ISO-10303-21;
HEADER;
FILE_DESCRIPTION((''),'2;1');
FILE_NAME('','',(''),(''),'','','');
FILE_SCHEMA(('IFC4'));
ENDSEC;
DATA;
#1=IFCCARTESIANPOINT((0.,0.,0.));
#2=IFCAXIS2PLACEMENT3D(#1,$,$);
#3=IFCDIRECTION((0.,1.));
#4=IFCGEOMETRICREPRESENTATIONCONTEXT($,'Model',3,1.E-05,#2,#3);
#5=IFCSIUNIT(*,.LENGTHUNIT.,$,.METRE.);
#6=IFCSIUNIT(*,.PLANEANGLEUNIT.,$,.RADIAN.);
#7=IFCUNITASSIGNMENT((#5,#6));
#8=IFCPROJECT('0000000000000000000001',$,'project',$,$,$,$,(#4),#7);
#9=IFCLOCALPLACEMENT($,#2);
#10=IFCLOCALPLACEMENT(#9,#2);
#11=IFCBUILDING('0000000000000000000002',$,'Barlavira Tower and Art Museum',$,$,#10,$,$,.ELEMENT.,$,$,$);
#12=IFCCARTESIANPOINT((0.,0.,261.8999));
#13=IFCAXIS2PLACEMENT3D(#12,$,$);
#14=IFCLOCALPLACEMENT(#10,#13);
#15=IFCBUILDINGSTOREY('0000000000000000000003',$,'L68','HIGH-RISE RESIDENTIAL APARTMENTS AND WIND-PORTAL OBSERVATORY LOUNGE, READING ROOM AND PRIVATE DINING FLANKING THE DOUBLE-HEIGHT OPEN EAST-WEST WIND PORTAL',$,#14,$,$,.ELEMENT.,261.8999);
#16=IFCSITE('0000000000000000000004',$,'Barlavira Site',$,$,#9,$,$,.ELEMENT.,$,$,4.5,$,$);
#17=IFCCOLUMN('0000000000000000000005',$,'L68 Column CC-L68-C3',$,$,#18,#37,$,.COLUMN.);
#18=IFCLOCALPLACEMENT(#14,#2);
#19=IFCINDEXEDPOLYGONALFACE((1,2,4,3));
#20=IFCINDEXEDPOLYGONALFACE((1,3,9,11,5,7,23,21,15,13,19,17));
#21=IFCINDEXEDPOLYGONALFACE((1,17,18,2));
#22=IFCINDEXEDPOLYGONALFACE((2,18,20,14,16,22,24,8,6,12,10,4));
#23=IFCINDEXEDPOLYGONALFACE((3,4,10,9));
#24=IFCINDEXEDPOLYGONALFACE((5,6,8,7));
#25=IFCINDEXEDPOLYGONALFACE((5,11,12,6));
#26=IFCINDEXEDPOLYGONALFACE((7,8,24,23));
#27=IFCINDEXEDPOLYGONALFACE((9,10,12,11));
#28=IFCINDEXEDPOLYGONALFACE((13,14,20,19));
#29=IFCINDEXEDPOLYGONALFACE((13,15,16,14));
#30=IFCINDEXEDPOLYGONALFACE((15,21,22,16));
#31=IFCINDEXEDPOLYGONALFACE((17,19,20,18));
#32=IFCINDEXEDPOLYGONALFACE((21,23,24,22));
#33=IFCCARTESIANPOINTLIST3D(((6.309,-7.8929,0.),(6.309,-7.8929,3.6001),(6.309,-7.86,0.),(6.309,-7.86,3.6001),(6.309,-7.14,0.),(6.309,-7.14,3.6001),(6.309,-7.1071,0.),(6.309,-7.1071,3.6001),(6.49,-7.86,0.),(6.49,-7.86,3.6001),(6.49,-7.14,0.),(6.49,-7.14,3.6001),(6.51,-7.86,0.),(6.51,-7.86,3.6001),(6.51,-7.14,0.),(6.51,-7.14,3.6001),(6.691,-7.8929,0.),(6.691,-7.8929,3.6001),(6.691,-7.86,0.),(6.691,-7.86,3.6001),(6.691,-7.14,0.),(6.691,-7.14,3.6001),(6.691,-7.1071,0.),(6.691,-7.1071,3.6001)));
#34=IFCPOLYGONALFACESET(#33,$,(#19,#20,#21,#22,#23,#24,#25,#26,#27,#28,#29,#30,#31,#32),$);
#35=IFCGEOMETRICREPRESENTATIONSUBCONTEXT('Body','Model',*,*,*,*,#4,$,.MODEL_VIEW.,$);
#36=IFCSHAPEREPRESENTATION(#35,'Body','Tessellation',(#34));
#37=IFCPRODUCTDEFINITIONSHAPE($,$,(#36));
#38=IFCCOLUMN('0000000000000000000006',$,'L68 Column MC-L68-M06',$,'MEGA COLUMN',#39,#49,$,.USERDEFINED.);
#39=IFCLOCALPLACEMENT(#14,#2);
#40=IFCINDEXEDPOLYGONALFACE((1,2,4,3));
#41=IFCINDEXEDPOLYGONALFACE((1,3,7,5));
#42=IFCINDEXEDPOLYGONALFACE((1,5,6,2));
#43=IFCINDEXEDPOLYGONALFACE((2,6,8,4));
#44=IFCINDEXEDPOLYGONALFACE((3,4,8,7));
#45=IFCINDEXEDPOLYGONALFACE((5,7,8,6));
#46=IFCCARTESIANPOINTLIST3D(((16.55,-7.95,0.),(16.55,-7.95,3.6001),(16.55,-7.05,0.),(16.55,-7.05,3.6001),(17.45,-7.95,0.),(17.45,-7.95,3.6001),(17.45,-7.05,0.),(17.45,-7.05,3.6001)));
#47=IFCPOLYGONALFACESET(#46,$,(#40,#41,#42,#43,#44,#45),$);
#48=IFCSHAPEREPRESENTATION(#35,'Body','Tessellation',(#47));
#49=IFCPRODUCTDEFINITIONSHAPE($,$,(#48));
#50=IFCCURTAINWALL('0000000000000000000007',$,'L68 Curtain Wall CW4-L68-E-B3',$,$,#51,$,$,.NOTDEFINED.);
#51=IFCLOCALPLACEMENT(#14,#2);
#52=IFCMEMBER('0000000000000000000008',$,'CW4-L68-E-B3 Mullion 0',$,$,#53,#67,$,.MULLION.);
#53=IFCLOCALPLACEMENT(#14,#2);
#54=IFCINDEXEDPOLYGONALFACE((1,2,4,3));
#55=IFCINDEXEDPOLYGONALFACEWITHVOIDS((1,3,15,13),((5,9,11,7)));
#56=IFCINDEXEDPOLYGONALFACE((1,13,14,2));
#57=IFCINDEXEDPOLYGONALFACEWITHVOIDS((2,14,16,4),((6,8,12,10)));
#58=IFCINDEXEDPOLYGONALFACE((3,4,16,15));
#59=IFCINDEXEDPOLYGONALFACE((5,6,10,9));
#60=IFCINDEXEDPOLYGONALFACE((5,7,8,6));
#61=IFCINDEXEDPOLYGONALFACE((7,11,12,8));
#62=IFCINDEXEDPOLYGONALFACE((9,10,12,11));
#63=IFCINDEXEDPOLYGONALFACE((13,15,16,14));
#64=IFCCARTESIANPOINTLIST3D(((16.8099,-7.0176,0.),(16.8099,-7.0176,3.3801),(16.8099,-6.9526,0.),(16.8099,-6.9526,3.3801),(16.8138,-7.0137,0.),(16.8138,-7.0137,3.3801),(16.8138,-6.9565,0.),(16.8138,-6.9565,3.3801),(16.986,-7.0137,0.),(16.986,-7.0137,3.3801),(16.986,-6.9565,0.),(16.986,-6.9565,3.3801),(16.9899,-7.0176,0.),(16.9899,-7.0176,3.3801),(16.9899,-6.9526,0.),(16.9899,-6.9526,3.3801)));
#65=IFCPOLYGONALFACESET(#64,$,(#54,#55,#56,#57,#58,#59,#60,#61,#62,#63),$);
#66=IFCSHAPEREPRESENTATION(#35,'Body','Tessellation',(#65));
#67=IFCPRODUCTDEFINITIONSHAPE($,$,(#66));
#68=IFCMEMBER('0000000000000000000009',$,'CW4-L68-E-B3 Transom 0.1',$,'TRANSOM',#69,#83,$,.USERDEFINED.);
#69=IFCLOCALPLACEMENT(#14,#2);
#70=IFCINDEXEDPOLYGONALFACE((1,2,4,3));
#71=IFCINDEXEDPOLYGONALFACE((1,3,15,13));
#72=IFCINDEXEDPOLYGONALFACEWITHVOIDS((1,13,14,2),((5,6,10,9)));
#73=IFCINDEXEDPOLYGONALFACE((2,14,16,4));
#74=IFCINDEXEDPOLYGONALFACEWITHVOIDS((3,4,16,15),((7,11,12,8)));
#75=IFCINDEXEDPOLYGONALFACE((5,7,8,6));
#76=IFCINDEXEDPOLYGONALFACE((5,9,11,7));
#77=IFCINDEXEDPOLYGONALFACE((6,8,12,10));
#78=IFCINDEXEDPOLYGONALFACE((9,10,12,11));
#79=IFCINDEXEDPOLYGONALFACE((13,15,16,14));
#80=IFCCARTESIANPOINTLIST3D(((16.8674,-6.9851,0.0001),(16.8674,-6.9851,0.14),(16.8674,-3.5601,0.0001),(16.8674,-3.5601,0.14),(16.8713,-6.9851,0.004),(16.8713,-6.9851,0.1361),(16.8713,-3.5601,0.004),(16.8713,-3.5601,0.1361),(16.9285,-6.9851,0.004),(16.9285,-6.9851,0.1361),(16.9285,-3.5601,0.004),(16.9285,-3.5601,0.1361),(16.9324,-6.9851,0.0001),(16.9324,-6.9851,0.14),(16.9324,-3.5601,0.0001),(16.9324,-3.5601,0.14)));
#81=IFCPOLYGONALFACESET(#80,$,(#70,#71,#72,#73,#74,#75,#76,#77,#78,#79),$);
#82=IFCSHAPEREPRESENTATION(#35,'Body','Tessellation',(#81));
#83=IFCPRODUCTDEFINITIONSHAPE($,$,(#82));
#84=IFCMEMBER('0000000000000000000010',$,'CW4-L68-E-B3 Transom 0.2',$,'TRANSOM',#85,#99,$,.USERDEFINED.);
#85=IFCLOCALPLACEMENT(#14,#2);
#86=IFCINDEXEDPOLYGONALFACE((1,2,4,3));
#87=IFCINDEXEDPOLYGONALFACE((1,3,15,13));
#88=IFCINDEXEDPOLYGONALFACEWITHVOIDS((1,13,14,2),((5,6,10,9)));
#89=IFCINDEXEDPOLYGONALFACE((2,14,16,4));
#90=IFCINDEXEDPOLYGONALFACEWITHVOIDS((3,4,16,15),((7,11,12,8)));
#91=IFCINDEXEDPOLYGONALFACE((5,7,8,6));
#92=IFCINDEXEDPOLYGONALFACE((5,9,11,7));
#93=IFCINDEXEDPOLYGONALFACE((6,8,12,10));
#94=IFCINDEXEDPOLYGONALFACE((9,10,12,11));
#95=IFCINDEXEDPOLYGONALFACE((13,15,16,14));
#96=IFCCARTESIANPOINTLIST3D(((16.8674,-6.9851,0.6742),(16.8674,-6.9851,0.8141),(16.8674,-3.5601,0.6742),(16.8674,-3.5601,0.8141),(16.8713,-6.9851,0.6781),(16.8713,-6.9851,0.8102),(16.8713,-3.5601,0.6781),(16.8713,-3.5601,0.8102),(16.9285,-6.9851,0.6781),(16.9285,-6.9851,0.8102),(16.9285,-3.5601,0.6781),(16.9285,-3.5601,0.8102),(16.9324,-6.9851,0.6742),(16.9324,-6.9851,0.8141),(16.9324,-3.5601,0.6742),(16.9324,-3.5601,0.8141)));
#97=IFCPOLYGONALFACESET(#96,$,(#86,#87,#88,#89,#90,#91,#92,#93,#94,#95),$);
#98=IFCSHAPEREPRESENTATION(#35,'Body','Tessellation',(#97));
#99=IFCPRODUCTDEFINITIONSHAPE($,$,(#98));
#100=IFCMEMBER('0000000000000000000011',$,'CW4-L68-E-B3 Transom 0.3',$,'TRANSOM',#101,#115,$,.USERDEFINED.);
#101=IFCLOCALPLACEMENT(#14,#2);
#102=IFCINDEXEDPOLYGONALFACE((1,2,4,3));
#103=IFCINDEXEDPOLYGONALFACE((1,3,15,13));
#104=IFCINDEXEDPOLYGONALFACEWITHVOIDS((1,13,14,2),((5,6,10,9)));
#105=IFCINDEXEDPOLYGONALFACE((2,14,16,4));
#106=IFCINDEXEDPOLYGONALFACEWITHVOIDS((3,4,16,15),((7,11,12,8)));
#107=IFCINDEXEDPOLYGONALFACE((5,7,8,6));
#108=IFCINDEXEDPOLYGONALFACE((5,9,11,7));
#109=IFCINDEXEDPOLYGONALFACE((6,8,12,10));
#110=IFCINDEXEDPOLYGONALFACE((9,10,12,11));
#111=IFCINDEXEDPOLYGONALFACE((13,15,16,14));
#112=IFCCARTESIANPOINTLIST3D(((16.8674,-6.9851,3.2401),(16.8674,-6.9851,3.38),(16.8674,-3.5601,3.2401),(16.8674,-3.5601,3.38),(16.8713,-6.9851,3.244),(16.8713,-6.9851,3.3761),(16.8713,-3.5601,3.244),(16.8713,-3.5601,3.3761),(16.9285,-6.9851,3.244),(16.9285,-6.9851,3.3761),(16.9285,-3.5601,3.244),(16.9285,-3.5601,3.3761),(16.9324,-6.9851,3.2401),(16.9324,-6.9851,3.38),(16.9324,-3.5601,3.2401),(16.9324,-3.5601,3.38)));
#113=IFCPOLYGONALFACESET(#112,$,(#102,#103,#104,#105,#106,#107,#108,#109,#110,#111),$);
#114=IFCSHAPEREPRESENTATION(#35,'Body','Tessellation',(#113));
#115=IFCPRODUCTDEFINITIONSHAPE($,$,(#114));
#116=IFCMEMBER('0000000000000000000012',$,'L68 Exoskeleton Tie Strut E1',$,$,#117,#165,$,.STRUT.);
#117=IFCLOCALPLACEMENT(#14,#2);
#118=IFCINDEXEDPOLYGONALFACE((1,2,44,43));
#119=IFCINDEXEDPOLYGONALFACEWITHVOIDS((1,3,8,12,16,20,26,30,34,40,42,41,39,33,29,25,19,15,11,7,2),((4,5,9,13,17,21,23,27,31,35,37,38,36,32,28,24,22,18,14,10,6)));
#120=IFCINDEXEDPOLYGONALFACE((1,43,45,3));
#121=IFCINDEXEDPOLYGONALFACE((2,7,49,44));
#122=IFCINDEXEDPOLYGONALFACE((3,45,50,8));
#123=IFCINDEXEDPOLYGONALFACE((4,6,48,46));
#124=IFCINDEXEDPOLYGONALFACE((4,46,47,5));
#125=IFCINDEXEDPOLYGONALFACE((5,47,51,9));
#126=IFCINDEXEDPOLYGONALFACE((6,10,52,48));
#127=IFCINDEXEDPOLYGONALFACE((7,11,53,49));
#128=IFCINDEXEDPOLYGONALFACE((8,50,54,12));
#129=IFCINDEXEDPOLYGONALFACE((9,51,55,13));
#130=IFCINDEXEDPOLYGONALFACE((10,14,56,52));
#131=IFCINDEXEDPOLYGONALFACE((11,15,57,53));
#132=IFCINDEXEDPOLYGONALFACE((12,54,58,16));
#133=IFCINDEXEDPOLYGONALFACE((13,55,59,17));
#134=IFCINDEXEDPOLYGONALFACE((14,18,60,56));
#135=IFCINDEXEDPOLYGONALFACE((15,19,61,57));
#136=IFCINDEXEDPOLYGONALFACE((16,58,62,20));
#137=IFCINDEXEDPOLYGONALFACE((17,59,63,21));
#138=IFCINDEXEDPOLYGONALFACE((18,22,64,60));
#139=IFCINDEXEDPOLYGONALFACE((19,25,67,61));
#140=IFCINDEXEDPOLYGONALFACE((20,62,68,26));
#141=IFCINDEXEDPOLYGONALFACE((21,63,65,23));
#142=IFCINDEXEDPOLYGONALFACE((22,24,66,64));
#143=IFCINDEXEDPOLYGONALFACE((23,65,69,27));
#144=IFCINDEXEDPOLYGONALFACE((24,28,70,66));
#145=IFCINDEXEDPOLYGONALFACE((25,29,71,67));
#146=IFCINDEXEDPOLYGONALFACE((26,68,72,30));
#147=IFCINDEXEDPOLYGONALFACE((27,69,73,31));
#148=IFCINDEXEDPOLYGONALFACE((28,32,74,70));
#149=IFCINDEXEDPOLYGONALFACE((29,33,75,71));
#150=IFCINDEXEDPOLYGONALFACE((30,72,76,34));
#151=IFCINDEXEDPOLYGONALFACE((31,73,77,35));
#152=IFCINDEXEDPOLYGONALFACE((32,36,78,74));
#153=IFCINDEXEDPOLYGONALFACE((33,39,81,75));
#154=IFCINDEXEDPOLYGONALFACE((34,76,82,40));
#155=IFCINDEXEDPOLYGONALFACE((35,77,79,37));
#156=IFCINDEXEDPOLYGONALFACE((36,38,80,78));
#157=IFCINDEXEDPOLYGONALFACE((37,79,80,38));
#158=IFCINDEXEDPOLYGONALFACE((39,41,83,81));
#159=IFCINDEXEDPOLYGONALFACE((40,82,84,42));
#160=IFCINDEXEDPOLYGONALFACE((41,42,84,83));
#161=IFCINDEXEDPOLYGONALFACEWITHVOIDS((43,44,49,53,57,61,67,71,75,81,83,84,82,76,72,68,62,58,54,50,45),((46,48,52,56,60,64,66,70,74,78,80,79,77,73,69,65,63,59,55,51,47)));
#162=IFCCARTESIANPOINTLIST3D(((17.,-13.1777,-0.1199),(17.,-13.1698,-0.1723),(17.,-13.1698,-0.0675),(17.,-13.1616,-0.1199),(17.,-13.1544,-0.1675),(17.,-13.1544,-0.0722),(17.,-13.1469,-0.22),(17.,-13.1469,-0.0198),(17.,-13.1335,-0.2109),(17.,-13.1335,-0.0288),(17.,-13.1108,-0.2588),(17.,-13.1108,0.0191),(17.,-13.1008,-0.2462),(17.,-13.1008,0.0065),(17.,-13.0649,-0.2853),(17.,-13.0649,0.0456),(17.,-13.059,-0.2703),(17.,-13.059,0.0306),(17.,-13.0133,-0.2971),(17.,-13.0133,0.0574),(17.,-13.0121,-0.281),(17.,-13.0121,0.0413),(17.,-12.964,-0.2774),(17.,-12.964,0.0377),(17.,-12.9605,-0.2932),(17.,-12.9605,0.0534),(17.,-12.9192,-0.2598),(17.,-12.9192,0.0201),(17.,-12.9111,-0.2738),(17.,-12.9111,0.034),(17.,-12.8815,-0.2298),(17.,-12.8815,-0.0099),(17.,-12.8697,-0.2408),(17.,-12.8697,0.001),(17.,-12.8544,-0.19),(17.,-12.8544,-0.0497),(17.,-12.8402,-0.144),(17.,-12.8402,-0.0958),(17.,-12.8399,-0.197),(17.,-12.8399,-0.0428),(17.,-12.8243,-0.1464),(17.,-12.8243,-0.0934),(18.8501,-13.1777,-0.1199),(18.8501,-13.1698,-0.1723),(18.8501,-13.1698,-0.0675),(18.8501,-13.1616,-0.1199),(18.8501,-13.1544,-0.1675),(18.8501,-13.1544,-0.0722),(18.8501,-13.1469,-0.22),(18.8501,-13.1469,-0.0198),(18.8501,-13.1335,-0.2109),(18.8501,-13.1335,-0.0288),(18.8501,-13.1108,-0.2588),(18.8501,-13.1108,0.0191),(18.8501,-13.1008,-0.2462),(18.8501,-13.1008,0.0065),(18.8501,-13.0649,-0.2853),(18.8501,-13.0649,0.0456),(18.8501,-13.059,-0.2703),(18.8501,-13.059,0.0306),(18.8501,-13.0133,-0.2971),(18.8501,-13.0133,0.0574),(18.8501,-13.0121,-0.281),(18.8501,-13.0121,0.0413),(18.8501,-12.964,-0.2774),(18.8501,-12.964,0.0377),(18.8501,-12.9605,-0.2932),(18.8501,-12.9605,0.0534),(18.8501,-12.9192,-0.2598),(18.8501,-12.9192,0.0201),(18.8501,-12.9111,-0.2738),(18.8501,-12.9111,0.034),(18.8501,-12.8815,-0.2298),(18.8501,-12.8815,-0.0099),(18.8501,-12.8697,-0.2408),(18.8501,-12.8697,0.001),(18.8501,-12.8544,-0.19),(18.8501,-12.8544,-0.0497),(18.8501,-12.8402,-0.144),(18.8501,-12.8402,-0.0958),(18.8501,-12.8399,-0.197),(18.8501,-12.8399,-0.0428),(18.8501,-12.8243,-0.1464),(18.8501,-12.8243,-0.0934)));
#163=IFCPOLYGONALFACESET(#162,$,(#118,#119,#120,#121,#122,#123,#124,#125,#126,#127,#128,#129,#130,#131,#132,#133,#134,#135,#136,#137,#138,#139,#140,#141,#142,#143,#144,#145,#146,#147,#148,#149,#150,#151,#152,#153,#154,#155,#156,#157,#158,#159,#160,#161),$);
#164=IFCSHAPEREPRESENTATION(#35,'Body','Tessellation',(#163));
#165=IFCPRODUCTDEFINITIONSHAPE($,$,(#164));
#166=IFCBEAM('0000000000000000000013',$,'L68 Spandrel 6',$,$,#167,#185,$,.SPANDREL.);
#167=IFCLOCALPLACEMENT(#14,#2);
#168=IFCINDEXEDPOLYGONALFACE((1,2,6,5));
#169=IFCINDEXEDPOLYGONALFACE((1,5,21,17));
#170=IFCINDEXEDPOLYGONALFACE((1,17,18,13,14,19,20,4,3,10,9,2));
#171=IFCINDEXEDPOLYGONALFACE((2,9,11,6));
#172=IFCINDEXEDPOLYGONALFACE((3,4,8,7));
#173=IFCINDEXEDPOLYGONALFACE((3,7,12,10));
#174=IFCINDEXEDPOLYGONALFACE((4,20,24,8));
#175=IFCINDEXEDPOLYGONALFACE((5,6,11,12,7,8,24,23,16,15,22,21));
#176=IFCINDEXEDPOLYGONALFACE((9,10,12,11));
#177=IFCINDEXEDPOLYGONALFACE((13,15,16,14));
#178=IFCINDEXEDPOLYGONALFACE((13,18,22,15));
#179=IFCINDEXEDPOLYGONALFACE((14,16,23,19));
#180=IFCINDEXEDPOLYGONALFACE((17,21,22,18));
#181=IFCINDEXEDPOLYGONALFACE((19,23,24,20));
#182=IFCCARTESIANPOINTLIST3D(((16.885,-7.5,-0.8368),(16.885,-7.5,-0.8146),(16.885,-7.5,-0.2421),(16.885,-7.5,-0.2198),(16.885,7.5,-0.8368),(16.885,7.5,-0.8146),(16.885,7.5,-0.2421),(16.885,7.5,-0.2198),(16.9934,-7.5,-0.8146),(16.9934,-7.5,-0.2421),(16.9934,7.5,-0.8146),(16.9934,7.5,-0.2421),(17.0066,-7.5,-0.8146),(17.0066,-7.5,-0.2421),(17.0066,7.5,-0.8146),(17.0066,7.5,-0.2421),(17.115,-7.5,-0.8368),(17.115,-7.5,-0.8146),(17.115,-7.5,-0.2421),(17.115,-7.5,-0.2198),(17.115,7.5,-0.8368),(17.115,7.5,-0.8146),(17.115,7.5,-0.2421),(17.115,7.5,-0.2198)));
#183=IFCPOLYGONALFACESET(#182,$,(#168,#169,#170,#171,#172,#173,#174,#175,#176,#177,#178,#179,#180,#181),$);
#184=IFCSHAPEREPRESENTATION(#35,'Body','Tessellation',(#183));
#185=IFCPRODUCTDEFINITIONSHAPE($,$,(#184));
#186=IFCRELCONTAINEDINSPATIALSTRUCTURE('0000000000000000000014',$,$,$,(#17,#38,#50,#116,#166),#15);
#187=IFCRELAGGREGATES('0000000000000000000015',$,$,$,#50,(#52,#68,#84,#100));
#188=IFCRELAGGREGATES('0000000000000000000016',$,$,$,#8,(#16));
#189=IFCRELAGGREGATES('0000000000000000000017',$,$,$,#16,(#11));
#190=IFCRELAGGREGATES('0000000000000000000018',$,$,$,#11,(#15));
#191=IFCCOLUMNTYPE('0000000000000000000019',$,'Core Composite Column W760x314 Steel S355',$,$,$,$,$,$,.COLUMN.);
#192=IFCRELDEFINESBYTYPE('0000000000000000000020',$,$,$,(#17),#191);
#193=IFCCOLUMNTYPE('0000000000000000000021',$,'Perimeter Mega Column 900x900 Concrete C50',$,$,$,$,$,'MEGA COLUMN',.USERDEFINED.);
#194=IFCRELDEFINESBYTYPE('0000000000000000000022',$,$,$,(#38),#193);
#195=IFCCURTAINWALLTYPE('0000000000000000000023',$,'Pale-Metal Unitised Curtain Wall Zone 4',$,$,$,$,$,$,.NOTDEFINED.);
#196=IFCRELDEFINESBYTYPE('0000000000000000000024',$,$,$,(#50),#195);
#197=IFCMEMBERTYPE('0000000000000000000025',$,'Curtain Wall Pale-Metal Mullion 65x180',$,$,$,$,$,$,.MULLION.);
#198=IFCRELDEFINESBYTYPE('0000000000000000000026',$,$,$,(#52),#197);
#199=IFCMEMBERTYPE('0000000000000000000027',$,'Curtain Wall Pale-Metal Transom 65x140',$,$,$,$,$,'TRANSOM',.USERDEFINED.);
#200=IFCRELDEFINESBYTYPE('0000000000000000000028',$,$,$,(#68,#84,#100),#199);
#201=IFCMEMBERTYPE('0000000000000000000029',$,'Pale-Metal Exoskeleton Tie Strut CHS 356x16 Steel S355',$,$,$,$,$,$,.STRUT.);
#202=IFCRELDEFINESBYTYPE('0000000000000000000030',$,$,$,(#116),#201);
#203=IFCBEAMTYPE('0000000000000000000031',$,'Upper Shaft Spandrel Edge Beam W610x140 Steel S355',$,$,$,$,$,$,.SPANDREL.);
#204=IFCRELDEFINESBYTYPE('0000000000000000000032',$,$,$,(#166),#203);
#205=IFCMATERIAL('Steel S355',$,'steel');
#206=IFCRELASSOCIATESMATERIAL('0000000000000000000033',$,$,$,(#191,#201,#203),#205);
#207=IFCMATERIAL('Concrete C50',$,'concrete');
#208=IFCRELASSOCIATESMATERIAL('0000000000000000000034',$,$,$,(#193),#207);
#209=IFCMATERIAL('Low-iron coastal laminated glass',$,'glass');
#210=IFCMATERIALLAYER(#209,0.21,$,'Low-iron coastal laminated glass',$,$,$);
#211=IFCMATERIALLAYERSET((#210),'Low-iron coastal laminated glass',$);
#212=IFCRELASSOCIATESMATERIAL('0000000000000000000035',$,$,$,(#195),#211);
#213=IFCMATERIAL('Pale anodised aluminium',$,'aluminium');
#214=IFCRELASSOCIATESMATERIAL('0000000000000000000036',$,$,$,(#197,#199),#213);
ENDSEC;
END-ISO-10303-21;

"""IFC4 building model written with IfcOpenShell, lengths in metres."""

from ifc_helpers import new_model, si_unit, direction, frame, origin, origin_2d, place, context, subcontext, project, spatial, rectangle, hollow_rectangle, hollow_circle, i_section, extrude, material, layer, layer_set, material_profile, profile_set, type_object, element, aggregate, save


model = new_model("IFC4")

# Units and contexts
model_context = context("Model", 3, precision=1e-05, world=origin(), true_north=direction((0.0, 1.0)))
body_context = subcontext(model_context, "Body", "Model", "MODEL_VIEW")
ifc_project = project(units=[si_unit("LENGTHUNIT", "METRE"), si_unit("PLANEANGLEUNIT", "RADIAN")], contexts=[model_context])

# Site, building, storey
site_placement = place(None, origin())
site = spatial("IfcSite", under=ifc_project, at=site_placement, Name="Barlavira Site", CompositionType="ELEMENT", RefElevation=4.5)
building_placement = place(site_placement, origin())
building = spatial("IfcBuilding", under=site, at=building_placement, Name="Barlavira Tower and Art Museum", CompositionType="ELEMENT")
storey_placement = place(building_placement, frame((0.0, 0.0, 261.8999)))
storey = spatial("IfcBuildingStorey", under=building, at=storey_placement, Name="L68", Description="HIGH-RISE RESIDENTIAL APARTMENTS AND WIND-PORTAL OBSERVATORY LOUNGE, READING ROOM AND PRIVATE DINING FLANKING THE DOUBLE-HEIGHT OPEN EAST-WEST WIND PORTAL", CompositionType="ELEMENT", Elevation=261.8999)

# Columns
ifc_material_1 = material(Name="Steel S355", Category="steel")
ifc_material_profile_1 = material_profile(ifc_material_1, i_section(OverallWidth=0.3821, OverallDepth=0.7859, WebThickness=0.02, FlangeThickness=0.033, at=origin_2d()), Name="W760x314.0")
ifc_profile_set_1 = profile_set([ifc_material_profile_1], Name="Steel S355")
column_type_1 = type_object("IfcColumnType", Name="Core Composite Column W760x314 Steel S355", PredefinedType="COLUMN", material=ifc_profile_set_1)
column_1_placement = place(storey_placement, frame((6.5, -7.5, 0.0), z_axis=(0.0, 0.0, 1.0), x_axis=(1.0, 0.0, 0.0)))
element("IfcColumn", 1, at=column_1_placement, inside=storey, type_object=column_type_1, Name="L68 Column CC-L68-C3", PredefinedType="COLUMN", context=body_context, shape_type="SweptSolid", body=[
    extrude(i_section(OverallWidth=0.3821, OverallDepth=0.7859, WebThickness=0.02, FlangeThickness=0.033, at=origin_2d()), origin(), (0.0, 0.0, 1.0), 3.6001),
])
ifc_material_2 = material(Name="Concrete C50", Category="concrete")
ifc_material_profile_2 = material_profile(ifc_material_2, rectangle(XDim=0.8999, YDim=0.8999, at=origin_2d()), Name="RC-COL 900x900")
ifc_profile_set_2 = profile_set([ifc_material_profile_2], Name="Concrete C50")
column_type_2 = type_object("IfcColumnType", Name="Perimeter Mega Column 900x900 Concrete C50", ElementType="MEGA COLUMN", PredefinedType="USERDEFINED", material=ifc_profile_set_2)
column_2_placement = place(storey_placement, frame((17.0, -7.5, 0.0), z_axis=(0.0, 0.0, 1.0), x_axis=(1.0, 0.0, 0.0)))
element("IfcColumn", 2, at=column_2_placement, inside=storey, type_object=column_type_2, Name="L68 Column MC-L68-M06", ObjectType="MEGA COLUMN", PredefinedType="USERDEFINED", context=body_context, shape_type="SweptSolid", body=[
    extrude(rectangle(XDim=0.8999, YDim=0.8999, at=origin_2d()), origin(), (0.0, 0.0, 1.0), 3.6001),
])

# Curtain wall, members
ifc_material_3 = material(Name="Low-iron coastal laminated glass", Category="glass")
ifc_layer_1 = layer(ifc_material_3, 0.21, Name="Low-iron coastal laminated glass")
ifc_layer_set_1 = layer_set([ifc_layer_1], Name="Low-iron coastal laminated glass")
curtain_wall_type = type_object("IfcCurtainWallType", Name="Pale-Metal Unitised Curtain Wall Zone 4", PredefinedType="NOTDEFINED", material=ifc_layer_set_1)
curtain_wall_placement = place(storey_placement, origin())
curtain_wall = element("IfcCurtainWall", 3, at=curtain_wall_placement, inside=storey, type_object=curtain_wall_type, Name="L68 Curtain Wall CW4-L68-E-B3", PredefinedType="NOTDEFINED")
ifc_material_4 = material(Name="Pale anodised aluminium", Category="aluminium")
ifc_material_profile_3 = material_profile(ifc_material_4, hollow_rectangle(XDim=0.0649, YDim=0.1799, WallThickness=0.0039, at=origin_2d()), Name="ALU-MULL 65x180x4")
ifc_profile_set_3 = profile_set([ifc_material_profile_3], Name="Pale anodised aluminium")
member_type_1 = type_object("IfcMemberType", Name="Curtain Wall Pale-Metal Mullion 65x180", PredefinedType="MULLION", material=ifc_profile_set_3)
member_1_placement = place(storey_placement, frame((16.8999, -6.9851, 0.0), z_axis=(0.0, 0.0, 1.0), x_axis=(0.0, 1.0, 0.0)))
member_1 = element("IfcMember", 4, at=member_1_placement, type_object=member_type_1, Name="CW4-L68-E-B3 Mullion 0", PredefinedType="MULLION", context=body_context, shape_type="SweptSolid", body=[
    extrude(hollow_rectangle(XDim=0.0649, YDim=0.1799, WallThickness=0.0039, at=origin_2d()), origin(), (0.0, 0.0, 1.0), 3.3801),
])
ifc_material_profile_4 = material_profile(ifc_material_4, hollow_rectangle(XDim=0.0649, YDim=0.1399, WallThickness=0.0039, at=origin_2d()), Name="ALU-TRAN 65x140x4")
ifc_profile_set_4 = profile_set([ifc_material_profile_4], Name="Pale anodised aluminium")
member_type_2 = type_object("IfcMemberType", Name="Curtain Wall Pale-Metal Transom 65x140", ElementType="TRANSOM", PredefinedType="USERDEFINED", material=ifc_profile_set_4)
member_2_placement = place(storey_placement, frame((16.8999, -6.9851, 0.0701), z_axis=(0.0, 1.0, 0.0), x_axis=(-1.0, 0.0, 0.0)))
member_2 = element("IfcMember", 5, at=member_2_placement, type_object=member_type_2, Name="CW4-L68-E-B3 Transom 0.1", ObjectType="TRANSOM", PredefinedType="USERDEFINED", context=body_context, shape_type="SweptSolid", body=[
    extrude(hollow_rectangle(XDim=0.0649, YDim=0.1399, WallThickness=0.0039, at=origin_2d()), origin(), (0.0, 0.0, 1.0), 3.425),
])
member_3_placement = place(storey_placement, frame((16.8999, -6.9851, 0.7441), z_axis=(0.0, 1.0, 0.0), x_axis=(-1.0, 0.0, 0.0)))
member_3 = element("IfcMember", 6, at=member_3_placement, type_object=member_type_2, Name="CW4-L68-E-B3 Transom 0.2", ObjectType="TRANSOM", PredefinedType="USERDEFINED", context=body_context, shape_type="SweptSolid", body=[
    extrude(hollow_rectangle(XDim=0.0649, YDim=0.1399, WallThickness=0.0039, at=origin_2d()), origin(), (0.0, 0.0, 1.0), 3.425),
])
member_4_placement = place(storey_placement, frame((16.8999, -6.9851, 3.3101), z_axis=(0.0, 1.0, 0.0), x_axis=(-1.0, 0.0, 0.0)))
member_4 = element("IfcMember", 7, at=member_4_placement, type_object=member_type_2, Name="CW4-L68-E-B3 Transom 0.3", ObjectType="TRANSOM", PredefinedType="USERDEFINED", context=body_context, shape_type="SweptSolid", body=[
    extrude(hollow_rectangle(XDim=0.0649, YDim=0.1399, WallThickness=0.0039, at=origin_2d()), origin(), (0.0, 0.0, 1.0), 3.425),
])

# Member
ifc_material_profile_5 = material_profile(ifc_material_1, hollow_circle(Radius=0.1777, WallThickness=0.0161, at=origin_2d()), Name="CHS 355.6x16.0")
ifc_profile_set_5 = profile_set([ifc_material_profile_5], Name="Steel S355")
member_type_3 = type_object("IfcMemberType", Name="Pale-Metal Exoskeleton Tie Strut CHS 356x16 Steel S355", PredefinedType="STRUT", material=ifc_profile_set_5)
member_5_placement = place(storey_placement, frame((18.8501, -13.0, -0.1199), z_axis=(-1.0, 0.0, 0.0), x_axis=(0.0, -1.0, 0.0)))
element("IfcMember", 8, at=member_5_placement, inside=storey, type_object=member_type_3, Name="L68 Exoskeleton Tie Strut E1", PredefinedType="STRUT", context=body_context, shape_type="SweptSolid", body=[
    extrude(hollow_circle(Radius=0.1777, WallThickness=0.0161, at=origin_2d()), origin(), (0.0, 0.0, 1.0), 1.8501),
])

# Beam
ifc_material_profile_6 = material_profile(ifc_material_1, i_section(OverallWidth=0.23, OverallDepth=0.6169, WebThickness=0.0132, FlangeThickness=0.0222, at=origin_2d()), Name="W610x140.0")
ifc_profile_set_6 = profile_set([ifc_material_profile_6], Name="Steel S355")
beam_type_1 = type_object("IfcBeamType", Name="Upper Shaft Spandrel Edge Beam W610x140 Steel S355", PredefinedType="SPANDREL", material=ifc_profile_set_6)
beam_1_placement = place(storey_placement, frame((17.0, -7.5, -0.5283), z_axis=(0.0, 1.0, 0.0), x_axis=(-1.0, 0.0, 0.0)))
element("IfcBeam", 9, at=beam_1_placement, inside=storey, type_object=beam_type_1, Name="L68 Spandrel 6", PredefinedType="SPANDREL", context=body_context, shape_type="SweptSolid", body=[
    extrude(i_section(OverallWidth=0.23, OverallDepth=0.6169, WebThickness=0.0132, FlangeThickness=0.0222, at=origin_2d()), origin(), (0.0, 0.0, 1.0), 15.0),
])

aggregate(curtain_wall, [member_1, member_2, member_3, member_4])

save(model, "model.ifc")
